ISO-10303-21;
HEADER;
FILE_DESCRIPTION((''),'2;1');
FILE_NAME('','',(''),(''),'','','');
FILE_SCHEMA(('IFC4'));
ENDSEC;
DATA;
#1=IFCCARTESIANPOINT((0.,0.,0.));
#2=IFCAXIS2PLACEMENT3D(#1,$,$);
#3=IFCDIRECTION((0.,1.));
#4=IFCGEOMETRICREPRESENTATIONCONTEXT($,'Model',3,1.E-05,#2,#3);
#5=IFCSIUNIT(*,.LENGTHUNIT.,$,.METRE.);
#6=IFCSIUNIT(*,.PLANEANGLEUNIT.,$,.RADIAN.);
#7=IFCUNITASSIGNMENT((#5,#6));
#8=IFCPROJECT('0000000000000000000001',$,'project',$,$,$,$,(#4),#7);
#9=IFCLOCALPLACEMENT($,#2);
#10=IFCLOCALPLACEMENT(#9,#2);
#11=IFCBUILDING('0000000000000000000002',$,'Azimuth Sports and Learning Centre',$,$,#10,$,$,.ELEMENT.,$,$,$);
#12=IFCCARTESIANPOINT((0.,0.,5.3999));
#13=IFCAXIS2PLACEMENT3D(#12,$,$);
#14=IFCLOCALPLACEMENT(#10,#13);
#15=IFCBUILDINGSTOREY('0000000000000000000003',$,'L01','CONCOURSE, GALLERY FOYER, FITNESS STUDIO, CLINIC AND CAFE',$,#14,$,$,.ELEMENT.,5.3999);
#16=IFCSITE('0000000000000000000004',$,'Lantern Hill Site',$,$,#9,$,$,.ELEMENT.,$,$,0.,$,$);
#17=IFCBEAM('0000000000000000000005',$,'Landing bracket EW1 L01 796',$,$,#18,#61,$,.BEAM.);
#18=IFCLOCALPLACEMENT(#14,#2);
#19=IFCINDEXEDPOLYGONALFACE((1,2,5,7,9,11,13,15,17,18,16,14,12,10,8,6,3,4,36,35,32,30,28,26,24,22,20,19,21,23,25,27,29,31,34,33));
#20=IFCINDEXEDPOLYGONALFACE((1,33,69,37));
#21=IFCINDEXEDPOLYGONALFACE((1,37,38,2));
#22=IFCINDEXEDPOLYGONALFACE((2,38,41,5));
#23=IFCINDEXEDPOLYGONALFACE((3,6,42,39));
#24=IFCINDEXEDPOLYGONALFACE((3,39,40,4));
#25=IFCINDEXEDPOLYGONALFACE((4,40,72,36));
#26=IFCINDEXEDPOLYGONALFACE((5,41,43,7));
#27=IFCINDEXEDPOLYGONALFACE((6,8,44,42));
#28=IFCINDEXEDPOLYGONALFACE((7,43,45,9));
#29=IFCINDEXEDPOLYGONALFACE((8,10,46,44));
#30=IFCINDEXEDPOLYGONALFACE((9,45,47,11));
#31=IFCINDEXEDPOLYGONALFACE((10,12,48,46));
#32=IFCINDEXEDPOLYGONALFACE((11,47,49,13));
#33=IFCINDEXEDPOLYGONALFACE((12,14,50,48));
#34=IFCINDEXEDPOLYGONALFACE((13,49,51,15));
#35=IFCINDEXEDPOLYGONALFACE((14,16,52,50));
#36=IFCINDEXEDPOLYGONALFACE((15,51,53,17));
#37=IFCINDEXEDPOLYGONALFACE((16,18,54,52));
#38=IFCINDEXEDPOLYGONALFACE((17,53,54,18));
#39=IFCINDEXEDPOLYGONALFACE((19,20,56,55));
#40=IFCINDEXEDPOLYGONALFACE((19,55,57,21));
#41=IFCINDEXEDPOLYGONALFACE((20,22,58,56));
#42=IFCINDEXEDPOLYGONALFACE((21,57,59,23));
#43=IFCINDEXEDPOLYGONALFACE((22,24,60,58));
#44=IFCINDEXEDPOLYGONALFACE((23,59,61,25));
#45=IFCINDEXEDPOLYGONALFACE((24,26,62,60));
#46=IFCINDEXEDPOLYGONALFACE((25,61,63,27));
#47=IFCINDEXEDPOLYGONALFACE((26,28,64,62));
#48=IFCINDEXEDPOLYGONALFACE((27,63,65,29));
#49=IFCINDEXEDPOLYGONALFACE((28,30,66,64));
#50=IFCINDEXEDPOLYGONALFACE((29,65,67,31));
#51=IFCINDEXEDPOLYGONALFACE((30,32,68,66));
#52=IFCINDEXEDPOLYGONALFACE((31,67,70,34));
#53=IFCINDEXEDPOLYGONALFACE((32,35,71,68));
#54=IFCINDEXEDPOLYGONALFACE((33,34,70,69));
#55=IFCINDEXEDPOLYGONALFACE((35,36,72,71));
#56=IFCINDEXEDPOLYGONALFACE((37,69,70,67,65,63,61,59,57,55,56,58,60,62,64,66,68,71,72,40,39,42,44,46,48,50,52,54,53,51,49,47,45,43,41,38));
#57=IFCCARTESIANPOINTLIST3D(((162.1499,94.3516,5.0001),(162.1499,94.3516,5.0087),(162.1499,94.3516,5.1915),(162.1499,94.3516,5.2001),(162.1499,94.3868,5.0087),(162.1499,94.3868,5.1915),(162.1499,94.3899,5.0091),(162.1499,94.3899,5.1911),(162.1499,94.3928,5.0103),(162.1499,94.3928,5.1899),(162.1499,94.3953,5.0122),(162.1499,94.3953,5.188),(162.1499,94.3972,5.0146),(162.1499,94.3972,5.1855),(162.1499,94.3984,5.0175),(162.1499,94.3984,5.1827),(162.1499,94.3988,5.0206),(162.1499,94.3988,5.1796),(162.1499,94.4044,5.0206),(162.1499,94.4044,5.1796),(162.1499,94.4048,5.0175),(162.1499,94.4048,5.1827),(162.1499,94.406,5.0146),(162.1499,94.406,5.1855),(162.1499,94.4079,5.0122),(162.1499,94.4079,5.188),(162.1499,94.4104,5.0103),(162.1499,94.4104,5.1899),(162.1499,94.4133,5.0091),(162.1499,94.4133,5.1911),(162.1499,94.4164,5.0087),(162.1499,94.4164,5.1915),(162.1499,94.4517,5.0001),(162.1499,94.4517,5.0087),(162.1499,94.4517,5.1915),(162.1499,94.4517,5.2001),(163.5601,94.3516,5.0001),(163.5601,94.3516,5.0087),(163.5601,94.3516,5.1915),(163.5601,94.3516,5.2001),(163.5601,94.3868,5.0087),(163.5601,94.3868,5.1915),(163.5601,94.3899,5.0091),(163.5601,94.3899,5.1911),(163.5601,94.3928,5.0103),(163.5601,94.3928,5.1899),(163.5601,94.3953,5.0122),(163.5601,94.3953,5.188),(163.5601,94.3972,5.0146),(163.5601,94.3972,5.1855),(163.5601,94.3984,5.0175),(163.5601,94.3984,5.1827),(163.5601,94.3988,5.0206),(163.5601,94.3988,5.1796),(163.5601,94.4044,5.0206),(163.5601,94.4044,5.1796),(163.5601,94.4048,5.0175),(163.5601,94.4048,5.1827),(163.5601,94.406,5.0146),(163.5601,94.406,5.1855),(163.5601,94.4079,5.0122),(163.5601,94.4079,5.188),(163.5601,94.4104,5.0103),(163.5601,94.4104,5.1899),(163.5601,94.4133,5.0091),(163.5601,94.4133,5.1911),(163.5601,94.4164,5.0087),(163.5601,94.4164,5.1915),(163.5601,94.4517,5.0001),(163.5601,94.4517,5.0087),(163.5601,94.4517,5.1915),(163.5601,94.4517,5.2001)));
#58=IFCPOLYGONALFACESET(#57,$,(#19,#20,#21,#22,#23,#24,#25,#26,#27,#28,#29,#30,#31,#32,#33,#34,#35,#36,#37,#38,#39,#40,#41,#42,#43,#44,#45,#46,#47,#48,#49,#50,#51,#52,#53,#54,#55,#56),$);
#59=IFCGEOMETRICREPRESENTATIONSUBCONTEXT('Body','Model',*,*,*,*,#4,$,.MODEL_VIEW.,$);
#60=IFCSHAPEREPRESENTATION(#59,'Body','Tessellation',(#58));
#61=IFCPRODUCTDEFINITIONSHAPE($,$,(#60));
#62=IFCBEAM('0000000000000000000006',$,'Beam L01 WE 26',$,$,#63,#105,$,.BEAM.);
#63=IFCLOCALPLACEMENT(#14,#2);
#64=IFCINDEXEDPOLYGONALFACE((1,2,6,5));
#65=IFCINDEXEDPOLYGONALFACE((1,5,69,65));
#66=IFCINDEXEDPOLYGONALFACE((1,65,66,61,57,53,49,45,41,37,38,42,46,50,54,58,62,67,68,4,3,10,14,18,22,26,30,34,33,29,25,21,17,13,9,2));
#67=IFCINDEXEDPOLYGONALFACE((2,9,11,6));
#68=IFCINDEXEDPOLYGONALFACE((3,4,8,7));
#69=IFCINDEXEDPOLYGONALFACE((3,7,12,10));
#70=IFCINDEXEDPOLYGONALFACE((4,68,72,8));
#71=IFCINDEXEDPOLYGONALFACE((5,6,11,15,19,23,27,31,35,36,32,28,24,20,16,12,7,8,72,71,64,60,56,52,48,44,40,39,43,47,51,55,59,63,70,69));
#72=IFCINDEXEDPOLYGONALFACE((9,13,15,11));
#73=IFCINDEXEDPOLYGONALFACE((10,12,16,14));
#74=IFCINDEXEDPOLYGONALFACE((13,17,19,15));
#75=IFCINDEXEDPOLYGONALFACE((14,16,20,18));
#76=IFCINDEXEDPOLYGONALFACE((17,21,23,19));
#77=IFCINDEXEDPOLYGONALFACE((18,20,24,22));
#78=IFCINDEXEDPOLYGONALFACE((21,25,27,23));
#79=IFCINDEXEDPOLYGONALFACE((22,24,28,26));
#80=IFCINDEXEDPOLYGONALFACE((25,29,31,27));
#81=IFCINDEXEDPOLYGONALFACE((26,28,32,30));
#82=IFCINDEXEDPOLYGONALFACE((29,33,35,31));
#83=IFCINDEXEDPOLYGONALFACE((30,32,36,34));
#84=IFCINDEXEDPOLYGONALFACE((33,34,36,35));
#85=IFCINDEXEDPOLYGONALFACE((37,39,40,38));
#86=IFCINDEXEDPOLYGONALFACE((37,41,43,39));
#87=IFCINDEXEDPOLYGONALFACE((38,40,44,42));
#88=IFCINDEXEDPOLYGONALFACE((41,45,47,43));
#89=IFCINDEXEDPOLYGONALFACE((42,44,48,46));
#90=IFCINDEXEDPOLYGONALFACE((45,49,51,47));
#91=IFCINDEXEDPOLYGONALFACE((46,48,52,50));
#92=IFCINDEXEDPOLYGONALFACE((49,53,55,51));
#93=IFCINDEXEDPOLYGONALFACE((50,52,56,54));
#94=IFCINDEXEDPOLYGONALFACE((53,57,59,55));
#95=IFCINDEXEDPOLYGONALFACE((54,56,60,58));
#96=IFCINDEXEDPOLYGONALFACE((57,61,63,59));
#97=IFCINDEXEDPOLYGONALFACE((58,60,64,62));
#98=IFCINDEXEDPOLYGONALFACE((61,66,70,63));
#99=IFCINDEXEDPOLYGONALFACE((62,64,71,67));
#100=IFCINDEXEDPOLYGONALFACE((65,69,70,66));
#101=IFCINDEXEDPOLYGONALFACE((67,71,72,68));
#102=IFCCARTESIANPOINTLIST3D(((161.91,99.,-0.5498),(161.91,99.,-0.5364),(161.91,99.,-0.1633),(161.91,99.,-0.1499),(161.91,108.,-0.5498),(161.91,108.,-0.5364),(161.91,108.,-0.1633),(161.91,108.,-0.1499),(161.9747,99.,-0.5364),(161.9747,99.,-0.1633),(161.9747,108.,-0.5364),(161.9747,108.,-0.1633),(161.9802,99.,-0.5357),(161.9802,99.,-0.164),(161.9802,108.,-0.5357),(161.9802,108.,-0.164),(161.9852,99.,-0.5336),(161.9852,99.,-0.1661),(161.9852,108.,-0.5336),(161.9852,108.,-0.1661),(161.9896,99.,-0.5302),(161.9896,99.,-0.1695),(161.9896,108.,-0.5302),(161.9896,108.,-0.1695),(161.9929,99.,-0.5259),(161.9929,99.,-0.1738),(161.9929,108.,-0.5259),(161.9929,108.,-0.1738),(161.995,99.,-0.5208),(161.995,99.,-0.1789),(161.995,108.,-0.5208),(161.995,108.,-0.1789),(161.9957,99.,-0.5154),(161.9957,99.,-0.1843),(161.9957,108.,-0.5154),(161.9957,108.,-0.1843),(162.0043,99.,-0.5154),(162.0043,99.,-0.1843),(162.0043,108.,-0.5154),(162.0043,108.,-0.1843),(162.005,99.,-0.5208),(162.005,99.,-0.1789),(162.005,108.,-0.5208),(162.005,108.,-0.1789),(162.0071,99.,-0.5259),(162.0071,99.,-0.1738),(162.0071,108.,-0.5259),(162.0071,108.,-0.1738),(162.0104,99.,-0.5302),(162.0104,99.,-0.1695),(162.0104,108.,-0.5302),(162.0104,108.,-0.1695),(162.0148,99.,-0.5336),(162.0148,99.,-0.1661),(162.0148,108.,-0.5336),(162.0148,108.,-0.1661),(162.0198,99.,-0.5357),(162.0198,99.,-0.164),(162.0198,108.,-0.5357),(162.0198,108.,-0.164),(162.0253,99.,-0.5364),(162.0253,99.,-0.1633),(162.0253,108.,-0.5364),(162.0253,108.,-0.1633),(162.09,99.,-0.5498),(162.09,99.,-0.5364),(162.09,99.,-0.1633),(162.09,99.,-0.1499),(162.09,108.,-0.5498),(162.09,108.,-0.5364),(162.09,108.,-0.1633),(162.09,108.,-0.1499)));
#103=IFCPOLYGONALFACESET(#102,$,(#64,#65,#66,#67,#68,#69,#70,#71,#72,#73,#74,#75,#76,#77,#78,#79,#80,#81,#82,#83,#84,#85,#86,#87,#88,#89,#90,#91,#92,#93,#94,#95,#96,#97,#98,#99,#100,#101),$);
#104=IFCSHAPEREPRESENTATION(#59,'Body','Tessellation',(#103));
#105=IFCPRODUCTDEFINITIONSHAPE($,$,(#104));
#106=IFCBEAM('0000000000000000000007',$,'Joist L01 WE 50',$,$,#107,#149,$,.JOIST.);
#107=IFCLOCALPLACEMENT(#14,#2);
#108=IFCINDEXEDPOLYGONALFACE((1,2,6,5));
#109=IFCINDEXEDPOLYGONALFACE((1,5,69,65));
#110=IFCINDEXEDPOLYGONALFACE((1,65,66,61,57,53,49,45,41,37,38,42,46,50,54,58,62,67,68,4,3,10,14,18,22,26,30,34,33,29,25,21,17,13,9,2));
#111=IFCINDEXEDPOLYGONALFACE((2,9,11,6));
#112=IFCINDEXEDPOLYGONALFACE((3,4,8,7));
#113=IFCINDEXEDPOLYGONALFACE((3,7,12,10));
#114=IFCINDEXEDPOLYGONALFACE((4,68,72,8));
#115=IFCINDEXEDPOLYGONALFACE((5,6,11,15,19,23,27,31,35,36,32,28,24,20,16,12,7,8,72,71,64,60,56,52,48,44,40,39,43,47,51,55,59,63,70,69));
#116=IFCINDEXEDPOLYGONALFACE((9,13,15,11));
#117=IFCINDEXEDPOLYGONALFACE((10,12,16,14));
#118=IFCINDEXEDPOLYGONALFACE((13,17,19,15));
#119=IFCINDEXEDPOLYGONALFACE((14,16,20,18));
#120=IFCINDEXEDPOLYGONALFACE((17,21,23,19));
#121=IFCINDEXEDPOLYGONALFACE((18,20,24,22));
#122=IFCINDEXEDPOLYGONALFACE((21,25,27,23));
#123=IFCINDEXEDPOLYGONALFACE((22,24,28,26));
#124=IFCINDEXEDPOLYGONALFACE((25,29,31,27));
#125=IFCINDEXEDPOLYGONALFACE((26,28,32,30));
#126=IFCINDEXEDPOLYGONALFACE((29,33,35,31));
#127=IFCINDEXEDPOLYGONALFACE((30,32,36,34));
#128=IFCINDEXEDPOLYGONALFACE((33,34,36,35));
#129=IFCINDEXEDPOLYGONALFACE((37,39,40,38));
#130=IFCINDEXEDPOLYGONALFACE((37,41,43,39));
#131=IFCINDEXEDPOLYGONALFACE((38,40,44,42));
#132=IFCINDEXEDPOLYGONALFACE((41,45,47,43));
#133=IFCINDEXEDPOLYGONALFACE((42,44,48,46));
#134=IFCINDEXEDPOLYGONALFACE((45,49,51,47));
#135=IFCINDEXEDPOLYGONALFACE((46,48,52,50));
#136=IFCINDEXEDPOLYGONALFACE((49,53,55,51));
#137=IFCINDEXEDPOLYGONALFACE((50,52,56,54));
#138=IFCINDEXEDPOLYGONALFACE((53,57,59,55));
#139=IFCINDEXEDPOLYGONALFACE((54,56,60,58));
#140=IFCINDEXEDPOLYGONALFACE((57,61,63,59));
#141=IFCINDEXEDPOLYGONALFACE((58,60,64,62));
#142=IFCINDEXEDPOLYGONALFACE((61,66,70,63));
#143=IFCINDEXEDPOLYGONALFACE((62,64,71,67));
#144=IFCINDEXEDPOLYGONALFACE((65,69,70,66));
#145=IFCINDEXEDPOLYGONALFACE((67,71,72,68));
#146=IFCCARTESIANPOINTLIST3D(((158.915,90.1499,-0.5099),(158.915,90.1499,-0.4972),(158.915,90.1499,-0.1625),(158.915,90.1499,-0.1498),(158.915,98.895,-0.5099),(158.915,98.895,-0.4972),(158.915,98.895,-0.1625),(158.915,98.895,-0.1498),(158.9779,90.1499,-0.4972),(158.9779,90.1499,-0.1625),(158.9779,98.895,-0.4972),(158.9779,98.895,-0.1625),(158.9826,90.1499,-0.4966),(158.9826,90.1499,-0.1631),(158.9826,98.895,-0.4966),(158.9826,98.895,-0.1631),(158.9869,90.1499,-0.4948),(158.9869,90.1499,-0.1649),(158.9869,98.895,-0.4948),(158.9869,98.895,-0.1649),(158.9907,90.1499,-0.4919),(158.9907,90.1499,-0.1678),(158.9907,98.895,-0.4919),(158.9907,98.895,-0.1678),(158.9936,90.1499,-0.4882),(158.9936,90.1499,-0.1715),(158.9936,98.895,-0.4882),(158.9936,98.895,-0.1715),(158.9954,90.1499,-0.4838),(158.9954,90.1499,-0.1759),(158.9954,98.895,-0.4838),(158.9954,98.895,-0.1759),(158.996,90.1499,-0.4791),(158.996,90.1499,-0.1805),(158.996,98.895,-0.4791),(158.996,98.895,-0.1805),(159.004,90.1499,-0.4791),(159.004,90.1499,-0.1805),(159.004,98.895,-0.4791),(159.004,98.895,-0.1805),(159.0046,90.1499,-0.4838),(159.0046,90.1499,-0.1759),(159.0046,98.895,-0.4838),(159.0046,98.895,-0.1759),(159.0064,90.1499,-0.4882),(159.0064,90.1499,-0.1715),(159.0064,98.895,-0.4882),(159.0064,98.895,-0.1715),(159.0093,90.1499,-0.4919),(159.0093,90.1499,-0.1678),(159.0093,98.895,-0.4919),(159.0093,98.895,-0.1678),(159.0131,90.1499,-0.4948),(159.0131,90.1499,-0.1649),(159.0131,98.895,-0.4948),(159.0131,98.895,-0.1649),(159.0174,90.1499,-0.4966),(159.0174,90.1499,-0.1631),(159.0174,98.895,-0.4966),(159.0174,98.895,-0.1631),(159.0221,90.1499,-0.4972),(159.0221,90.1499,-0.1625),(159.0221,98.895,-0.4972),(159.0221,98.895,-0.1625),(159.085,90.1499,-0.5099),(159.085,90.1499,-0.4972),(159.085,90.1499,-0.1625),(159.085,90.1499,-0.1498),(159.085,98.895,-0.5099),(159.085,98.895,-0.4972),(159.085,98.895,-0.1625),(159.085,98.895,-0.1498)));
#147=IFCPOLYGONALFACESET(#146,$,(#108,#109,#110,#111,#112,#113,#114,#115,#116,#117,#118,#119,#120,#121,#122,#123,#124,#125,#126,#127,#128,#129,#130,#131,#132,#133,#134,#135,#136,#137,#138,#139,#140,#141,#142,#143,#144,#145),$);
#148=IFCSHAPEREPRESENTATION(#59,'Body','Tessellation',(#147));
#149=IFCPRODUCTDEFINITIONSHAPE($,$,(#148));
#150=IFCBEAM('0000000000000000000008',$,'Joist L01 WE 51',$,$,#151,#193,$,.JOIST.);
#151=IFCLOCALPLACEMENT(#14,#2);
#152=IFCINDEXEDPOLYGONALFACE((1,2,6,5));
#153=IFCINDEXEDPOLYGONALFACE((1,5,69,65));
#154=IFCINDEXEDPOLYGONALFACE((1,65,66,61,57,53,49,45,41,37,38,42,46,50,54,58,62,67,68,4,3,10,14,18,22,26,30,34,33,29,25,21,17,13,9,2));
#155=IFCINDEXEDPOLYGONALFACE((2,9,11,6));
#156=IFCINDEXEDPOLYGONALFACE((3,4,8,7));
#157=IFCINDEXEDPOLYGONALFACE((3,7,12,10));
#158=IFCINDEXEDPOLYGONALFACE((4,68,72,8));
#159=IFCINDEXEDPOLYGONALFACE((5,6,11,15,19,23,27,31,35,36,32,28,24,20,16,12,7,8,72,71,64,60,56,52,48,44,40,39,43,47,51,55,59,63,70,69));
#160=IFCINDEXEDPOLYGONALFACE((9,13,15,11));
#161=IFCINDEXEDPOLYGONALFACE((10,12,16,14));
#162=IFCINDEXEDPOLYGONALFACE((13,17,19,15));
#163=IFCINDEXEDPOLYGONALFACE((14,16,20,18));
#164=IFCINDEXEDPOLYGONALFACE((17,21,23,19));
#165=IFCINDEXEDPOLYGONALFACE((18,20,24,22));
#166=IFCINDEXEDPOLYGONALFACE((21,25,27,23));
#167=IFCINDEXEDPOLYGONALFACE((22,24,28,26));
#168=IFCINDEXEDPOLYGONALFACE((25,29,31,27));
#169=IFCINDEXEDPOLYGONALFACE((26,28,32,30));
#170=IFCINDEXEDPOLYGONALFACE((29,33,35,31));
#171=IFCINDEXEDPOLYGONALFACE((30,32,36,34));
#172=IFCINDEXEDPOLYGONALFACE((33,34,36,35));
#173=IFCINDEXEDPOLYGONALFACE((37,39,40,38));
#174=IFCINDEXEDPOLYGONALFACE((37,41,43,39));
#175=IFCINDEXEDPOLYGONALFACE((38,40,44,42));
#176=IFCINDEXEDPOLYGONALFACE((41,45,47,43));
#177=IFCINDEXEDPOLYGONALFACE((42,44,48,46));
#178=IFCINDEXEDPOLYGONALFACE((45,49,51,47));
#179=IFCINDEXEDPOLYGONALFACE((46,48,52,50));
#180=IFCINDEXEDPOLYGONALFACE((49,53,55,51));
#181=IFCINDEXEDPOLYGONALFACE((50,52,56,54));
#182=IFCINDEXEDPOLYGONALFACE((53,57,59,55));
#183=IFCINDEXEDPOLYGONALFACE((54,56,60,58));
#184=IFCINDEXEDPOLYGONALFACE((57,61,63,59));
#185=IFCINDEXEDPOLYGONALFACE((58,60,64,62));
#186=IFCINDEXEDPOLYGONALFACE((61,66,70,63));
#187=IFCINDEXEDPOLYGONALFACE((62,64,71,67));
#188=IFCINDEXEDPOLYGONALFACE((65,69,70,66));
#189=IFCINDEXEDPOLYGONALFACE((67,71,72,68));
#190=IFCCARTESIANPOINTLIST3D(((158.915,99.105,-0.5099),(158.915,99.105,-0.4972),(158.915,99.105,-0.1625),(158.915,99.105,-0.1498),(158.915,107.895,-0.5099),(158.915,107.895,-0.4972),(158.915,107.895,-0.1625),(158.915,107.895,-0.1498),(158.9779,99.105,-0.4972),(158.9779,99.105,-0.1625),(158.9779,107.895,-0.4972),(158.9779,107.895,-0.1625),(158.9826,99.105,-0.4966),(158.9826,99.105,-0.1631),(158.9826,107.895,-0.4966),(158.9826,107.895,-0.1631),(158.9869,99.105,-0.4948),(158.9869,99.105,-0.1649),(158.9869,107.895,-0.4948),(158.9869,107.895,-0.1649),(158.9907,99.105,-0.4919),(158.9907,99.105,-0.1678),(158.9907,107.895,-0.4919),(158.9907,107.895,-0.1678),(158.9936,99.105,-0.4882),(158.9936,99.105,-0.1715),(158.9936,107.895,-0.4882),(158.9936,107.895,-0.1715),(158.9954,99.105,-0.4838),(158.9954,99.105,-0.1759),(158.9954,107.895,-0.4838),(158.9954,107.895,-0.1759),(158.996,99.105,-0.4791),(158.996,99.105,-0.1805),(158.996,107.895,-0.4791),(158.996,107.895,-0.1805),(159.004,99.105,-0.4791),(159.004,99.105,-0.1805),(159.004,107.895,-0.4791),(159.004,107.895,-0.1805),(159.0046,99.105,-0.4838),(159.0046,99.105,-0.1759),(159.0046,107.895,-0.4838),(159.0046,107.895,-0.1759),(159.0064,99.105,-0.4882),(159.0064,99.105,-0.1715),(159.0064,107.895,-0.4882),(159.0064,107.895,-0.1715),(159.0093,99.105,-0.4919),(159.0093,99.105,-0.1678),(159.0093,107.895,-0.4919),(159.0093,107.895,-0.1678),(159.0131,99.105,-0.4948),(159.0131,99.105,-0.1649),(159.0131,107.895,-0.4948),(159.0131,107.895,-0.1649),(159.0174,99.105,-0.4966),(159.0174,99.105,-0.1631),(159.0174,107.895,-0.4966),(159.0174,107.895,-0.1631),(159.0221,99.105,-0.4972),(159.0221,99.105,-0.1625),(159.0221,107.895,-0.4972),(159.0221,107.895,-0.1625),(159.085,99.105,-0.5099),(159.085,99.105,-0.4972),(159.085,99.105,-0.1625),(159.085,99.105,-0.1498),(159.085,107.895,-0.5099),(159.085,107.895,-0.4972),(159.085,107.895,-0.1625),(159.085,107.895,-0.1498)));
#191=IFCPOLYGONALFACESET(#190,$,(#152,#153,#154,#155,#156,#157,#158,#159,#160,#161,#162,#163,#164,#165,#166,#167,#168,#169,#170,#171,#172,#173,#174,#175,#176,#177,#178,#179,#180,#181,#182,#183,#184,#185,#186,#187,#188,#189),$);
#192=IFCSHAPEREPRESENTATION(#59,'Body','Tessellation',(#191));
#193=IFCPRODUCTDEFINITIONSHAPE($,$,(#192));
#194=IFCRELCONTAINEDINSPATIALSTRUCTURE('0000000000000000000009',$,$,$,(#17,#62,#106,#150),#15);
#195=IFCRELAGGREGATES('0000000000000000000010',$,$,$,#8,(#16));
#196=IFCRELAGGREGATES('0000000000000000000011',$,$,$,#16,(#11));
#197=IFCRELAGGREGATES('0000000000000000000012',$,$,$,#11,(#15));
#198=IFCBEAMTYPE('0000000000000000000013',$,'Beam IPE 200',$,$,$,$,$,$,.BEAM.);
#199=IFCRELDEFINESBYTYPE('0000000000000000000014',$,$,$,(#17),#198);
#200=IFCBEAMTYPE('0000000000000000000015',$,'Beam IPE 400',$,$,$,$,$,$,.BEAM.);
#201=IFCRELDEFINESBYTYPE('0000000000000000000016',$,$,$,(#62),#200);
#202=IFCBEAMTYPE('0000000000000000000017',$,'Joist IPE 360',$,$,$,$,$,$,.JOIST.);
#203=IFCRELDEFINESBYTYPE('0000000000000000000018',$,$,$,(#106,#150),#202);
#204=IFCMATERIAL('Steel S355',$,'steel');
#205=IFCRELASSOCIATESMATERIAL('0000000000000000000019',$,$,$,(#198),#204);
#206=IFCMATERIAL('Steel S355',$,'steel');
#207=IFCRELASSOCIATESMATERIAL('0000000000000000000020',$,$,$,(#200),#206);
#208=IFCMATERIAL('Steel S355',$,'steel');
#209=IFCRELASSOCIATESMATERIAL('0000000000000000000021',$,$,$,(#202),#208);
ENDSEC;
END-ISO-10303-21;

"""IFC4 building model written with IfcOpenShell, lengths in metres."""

from ifc_helpers import new_model, si_unit, direction, frame, origin, origin_2d, place, context, subcontext, project, spatial, i_section, extrude, material, material_profile, profile_set, type_object, element, save


model = new_model("IFC4")

# Units and contexts
model_context = context("Model", 3, precision=1e-05, world=origin(), true_north=direction((0.0, 1.0)))
body_context = subcontext(model_context, "Body", "Model", "MODEL_VIEW")
ifc_project = project(units=[si_unit("LENGTHUNIT", "METRE"), si_unit("PLANEANGLEUNIT", "RADIAN")], contexts=[model_context])

# Site, building, storey
site_placement = place(None, origin())
site = spatial("IfcSite", under=ifc_project, at=site_placement, Name="Lantern Hill Site", CompositionType="ELEMENT", RefElevation=0.0)
building_placement = place(site_placement, origin())
building = spatial("IfcBuilding", under=site, at=building_placement, Name="Azimuth Sports and Learning Centre", CompositionType="ELEMENT")
storey_placement = place(building_placement, frame((0.0, 0.0, 5.3999)))
storey = spatial("IfcBuildingStorey", under=building, at=storey_placement, Name="L01", Description="CONCOURSE, GALLERY FOYER, FITNESS STUDIO, CLINIC AND CAFE", CompositionType="ELEMENT", Elevation=5.3999)

# Beams
ifc_material_1 = material(Name="Steel S355", Category="steel")
ifc_material_profile_1 = material_profile(ifc_material_1, i_section(OverallWidth=0.1001, OverallDepth=0.2, WebThickness=0.0056, FlangeThickness=0.0085, FilletRadius=0.012, at=origin_2d()), Name="IPE 200")
ifc_profile_set_1 = profile_set([ifc_material_profile_1], Name="Steel S355")
beam_type_1 = type_object("IfcBeamType", Name="Beam IPE 200", PredefinedType="BEAM", material=ifc_profile_set_1)
for number, where, z_axis, x_axis, name in (
    (1, (162.1499, 94.4016, 5.1001), (1.0, 0.0, 0.0), (0.0, 1.0, 0.0), "Landing bracket EW1 L01 796"),
):
    element("IfcBeam", number, at=place(storey_placement, frame(where, z_axis=z_axis, x_axis=x_axis)), inside=storey, type_object=beam_type_1, Name=name, PredefinedType="BEAM", context=body_context, shape_type="SweptSolid", body=[
        extrude(i_section(OverallWidth=0.1001, OverallDepth=0.2, WebThickness=0.0056, FlangeThickness=0.0085, FilletRadius=0.012, at=origin_2d()), origin(), (0.0, 0.0, 1.0), 1.4102),
    ])
ifc_material_2 = material(Name="Steel S355", Category="steel")
ifc_material_profile_2 = material_profile(ifc_material_2, i_section(OverallWidth=0.1799, OverallDepth=0.3999, WebThickness=0.0085, FlangeThickness=0.0134, FilletRadius=0.021, at=origin_2d()), Name="IPE 400")
ifc_profile_set_2 = profile_set([ifc_material_profile_2], Name="Steel S355")
beam_type_2 = type_object("IfcBeamType", Name="Beam IPE 400", PredefinedType="BEAM", material=ifc_profile_set_2)
beam_1_placement = place(storey_placement, frame((162.0, 99.0, -0.3499), z_axis=(0.0, 1.0, 0.0), x_axis=(-1.0, 0.0, 0.0)))
element("IfcBeam", 2, at=beam_1_placement, inside=storey, type_object=beam_type_2, Name="Beam L01 WE 26", PredefinedType="BEAM", context=body_context, shape_type="SweptSolid", body=[
    extrude(i_section(OverallWidth=0.1799, OverallDepth=0.3999, WebThickness=0.0085, FlangeThickness=0.0134, FilletRadius=0.021, at=origin_2d()), origin(), (0.0, 0.0, 1.0), 9.0),
])
ifc_material_3 = material(Name="Steel S355", Category="steel")
ifc_material_profile_3 = material_profile(ifc_material_3, i_section(OverallWidth=0.1699, OverallDepth=0.3601, WebThickness=0.0081, FlangeThickness=0.0127, FilletRadius=0.0181, at=origin_2d()), Name="IPE 360")
ifc_profile_set_3 = profile_set([ifc_material_profile_3], Name="Steel S355")
beam_type_3 = type_object("IfcBeamType", Name="Joist IPE 360", PredefinedType="JOIST", material=ifc_profile_set_3)
beam_2_placement = place(storey_placement, frame((159.0, 90.1499, -0.3298), z_axis=(0.0, 1.0, 0.0), x_axis=(-1.0, 0.0, 0.0)))
element("IfcBeam", 3, at=beam_2_placement, inside=storey, type_object=beam_type_3, Name="Joist L01 WE 50", PredefinedType="JOIST", context=body_context, shape_type="SweptSolid", body=[
    extrude(i_section(OverallWidth=0.1699, OverallDepth=0.3601, WebThickness=0.0081, FlangeThickness=0.0127, FilletRadius=0.0181, at=origin_2d()), origin(), (0.0, 0.0, 1.0), 8.7451),
])
beam_3_placement = place(storey_placement, frame((159.0, 99.105, -0.3298), z_axis=(0.0, 1.0, 0.0), x_axis=(-1.0, 0.0, 0.0)))
element("IfcBeam", 4, at=beam_3_placement, inside=storey, type_object=beam_type_3, Name="Joist L01 WE 51", PredefinedType="JOIST", context=body_context, shape_type="SweptSolid", body=[
    extrude(i_section(OverallWidth=0.1699, OverallDepth=0.3601, WebThickness=0.0081, FlangeThickness=0.0127, FilletRadius=0.0181, at=origin_2d()), origin(), (0.0, 0.0, 1.0), 8.79),
])

save(model, "model.ifc")
